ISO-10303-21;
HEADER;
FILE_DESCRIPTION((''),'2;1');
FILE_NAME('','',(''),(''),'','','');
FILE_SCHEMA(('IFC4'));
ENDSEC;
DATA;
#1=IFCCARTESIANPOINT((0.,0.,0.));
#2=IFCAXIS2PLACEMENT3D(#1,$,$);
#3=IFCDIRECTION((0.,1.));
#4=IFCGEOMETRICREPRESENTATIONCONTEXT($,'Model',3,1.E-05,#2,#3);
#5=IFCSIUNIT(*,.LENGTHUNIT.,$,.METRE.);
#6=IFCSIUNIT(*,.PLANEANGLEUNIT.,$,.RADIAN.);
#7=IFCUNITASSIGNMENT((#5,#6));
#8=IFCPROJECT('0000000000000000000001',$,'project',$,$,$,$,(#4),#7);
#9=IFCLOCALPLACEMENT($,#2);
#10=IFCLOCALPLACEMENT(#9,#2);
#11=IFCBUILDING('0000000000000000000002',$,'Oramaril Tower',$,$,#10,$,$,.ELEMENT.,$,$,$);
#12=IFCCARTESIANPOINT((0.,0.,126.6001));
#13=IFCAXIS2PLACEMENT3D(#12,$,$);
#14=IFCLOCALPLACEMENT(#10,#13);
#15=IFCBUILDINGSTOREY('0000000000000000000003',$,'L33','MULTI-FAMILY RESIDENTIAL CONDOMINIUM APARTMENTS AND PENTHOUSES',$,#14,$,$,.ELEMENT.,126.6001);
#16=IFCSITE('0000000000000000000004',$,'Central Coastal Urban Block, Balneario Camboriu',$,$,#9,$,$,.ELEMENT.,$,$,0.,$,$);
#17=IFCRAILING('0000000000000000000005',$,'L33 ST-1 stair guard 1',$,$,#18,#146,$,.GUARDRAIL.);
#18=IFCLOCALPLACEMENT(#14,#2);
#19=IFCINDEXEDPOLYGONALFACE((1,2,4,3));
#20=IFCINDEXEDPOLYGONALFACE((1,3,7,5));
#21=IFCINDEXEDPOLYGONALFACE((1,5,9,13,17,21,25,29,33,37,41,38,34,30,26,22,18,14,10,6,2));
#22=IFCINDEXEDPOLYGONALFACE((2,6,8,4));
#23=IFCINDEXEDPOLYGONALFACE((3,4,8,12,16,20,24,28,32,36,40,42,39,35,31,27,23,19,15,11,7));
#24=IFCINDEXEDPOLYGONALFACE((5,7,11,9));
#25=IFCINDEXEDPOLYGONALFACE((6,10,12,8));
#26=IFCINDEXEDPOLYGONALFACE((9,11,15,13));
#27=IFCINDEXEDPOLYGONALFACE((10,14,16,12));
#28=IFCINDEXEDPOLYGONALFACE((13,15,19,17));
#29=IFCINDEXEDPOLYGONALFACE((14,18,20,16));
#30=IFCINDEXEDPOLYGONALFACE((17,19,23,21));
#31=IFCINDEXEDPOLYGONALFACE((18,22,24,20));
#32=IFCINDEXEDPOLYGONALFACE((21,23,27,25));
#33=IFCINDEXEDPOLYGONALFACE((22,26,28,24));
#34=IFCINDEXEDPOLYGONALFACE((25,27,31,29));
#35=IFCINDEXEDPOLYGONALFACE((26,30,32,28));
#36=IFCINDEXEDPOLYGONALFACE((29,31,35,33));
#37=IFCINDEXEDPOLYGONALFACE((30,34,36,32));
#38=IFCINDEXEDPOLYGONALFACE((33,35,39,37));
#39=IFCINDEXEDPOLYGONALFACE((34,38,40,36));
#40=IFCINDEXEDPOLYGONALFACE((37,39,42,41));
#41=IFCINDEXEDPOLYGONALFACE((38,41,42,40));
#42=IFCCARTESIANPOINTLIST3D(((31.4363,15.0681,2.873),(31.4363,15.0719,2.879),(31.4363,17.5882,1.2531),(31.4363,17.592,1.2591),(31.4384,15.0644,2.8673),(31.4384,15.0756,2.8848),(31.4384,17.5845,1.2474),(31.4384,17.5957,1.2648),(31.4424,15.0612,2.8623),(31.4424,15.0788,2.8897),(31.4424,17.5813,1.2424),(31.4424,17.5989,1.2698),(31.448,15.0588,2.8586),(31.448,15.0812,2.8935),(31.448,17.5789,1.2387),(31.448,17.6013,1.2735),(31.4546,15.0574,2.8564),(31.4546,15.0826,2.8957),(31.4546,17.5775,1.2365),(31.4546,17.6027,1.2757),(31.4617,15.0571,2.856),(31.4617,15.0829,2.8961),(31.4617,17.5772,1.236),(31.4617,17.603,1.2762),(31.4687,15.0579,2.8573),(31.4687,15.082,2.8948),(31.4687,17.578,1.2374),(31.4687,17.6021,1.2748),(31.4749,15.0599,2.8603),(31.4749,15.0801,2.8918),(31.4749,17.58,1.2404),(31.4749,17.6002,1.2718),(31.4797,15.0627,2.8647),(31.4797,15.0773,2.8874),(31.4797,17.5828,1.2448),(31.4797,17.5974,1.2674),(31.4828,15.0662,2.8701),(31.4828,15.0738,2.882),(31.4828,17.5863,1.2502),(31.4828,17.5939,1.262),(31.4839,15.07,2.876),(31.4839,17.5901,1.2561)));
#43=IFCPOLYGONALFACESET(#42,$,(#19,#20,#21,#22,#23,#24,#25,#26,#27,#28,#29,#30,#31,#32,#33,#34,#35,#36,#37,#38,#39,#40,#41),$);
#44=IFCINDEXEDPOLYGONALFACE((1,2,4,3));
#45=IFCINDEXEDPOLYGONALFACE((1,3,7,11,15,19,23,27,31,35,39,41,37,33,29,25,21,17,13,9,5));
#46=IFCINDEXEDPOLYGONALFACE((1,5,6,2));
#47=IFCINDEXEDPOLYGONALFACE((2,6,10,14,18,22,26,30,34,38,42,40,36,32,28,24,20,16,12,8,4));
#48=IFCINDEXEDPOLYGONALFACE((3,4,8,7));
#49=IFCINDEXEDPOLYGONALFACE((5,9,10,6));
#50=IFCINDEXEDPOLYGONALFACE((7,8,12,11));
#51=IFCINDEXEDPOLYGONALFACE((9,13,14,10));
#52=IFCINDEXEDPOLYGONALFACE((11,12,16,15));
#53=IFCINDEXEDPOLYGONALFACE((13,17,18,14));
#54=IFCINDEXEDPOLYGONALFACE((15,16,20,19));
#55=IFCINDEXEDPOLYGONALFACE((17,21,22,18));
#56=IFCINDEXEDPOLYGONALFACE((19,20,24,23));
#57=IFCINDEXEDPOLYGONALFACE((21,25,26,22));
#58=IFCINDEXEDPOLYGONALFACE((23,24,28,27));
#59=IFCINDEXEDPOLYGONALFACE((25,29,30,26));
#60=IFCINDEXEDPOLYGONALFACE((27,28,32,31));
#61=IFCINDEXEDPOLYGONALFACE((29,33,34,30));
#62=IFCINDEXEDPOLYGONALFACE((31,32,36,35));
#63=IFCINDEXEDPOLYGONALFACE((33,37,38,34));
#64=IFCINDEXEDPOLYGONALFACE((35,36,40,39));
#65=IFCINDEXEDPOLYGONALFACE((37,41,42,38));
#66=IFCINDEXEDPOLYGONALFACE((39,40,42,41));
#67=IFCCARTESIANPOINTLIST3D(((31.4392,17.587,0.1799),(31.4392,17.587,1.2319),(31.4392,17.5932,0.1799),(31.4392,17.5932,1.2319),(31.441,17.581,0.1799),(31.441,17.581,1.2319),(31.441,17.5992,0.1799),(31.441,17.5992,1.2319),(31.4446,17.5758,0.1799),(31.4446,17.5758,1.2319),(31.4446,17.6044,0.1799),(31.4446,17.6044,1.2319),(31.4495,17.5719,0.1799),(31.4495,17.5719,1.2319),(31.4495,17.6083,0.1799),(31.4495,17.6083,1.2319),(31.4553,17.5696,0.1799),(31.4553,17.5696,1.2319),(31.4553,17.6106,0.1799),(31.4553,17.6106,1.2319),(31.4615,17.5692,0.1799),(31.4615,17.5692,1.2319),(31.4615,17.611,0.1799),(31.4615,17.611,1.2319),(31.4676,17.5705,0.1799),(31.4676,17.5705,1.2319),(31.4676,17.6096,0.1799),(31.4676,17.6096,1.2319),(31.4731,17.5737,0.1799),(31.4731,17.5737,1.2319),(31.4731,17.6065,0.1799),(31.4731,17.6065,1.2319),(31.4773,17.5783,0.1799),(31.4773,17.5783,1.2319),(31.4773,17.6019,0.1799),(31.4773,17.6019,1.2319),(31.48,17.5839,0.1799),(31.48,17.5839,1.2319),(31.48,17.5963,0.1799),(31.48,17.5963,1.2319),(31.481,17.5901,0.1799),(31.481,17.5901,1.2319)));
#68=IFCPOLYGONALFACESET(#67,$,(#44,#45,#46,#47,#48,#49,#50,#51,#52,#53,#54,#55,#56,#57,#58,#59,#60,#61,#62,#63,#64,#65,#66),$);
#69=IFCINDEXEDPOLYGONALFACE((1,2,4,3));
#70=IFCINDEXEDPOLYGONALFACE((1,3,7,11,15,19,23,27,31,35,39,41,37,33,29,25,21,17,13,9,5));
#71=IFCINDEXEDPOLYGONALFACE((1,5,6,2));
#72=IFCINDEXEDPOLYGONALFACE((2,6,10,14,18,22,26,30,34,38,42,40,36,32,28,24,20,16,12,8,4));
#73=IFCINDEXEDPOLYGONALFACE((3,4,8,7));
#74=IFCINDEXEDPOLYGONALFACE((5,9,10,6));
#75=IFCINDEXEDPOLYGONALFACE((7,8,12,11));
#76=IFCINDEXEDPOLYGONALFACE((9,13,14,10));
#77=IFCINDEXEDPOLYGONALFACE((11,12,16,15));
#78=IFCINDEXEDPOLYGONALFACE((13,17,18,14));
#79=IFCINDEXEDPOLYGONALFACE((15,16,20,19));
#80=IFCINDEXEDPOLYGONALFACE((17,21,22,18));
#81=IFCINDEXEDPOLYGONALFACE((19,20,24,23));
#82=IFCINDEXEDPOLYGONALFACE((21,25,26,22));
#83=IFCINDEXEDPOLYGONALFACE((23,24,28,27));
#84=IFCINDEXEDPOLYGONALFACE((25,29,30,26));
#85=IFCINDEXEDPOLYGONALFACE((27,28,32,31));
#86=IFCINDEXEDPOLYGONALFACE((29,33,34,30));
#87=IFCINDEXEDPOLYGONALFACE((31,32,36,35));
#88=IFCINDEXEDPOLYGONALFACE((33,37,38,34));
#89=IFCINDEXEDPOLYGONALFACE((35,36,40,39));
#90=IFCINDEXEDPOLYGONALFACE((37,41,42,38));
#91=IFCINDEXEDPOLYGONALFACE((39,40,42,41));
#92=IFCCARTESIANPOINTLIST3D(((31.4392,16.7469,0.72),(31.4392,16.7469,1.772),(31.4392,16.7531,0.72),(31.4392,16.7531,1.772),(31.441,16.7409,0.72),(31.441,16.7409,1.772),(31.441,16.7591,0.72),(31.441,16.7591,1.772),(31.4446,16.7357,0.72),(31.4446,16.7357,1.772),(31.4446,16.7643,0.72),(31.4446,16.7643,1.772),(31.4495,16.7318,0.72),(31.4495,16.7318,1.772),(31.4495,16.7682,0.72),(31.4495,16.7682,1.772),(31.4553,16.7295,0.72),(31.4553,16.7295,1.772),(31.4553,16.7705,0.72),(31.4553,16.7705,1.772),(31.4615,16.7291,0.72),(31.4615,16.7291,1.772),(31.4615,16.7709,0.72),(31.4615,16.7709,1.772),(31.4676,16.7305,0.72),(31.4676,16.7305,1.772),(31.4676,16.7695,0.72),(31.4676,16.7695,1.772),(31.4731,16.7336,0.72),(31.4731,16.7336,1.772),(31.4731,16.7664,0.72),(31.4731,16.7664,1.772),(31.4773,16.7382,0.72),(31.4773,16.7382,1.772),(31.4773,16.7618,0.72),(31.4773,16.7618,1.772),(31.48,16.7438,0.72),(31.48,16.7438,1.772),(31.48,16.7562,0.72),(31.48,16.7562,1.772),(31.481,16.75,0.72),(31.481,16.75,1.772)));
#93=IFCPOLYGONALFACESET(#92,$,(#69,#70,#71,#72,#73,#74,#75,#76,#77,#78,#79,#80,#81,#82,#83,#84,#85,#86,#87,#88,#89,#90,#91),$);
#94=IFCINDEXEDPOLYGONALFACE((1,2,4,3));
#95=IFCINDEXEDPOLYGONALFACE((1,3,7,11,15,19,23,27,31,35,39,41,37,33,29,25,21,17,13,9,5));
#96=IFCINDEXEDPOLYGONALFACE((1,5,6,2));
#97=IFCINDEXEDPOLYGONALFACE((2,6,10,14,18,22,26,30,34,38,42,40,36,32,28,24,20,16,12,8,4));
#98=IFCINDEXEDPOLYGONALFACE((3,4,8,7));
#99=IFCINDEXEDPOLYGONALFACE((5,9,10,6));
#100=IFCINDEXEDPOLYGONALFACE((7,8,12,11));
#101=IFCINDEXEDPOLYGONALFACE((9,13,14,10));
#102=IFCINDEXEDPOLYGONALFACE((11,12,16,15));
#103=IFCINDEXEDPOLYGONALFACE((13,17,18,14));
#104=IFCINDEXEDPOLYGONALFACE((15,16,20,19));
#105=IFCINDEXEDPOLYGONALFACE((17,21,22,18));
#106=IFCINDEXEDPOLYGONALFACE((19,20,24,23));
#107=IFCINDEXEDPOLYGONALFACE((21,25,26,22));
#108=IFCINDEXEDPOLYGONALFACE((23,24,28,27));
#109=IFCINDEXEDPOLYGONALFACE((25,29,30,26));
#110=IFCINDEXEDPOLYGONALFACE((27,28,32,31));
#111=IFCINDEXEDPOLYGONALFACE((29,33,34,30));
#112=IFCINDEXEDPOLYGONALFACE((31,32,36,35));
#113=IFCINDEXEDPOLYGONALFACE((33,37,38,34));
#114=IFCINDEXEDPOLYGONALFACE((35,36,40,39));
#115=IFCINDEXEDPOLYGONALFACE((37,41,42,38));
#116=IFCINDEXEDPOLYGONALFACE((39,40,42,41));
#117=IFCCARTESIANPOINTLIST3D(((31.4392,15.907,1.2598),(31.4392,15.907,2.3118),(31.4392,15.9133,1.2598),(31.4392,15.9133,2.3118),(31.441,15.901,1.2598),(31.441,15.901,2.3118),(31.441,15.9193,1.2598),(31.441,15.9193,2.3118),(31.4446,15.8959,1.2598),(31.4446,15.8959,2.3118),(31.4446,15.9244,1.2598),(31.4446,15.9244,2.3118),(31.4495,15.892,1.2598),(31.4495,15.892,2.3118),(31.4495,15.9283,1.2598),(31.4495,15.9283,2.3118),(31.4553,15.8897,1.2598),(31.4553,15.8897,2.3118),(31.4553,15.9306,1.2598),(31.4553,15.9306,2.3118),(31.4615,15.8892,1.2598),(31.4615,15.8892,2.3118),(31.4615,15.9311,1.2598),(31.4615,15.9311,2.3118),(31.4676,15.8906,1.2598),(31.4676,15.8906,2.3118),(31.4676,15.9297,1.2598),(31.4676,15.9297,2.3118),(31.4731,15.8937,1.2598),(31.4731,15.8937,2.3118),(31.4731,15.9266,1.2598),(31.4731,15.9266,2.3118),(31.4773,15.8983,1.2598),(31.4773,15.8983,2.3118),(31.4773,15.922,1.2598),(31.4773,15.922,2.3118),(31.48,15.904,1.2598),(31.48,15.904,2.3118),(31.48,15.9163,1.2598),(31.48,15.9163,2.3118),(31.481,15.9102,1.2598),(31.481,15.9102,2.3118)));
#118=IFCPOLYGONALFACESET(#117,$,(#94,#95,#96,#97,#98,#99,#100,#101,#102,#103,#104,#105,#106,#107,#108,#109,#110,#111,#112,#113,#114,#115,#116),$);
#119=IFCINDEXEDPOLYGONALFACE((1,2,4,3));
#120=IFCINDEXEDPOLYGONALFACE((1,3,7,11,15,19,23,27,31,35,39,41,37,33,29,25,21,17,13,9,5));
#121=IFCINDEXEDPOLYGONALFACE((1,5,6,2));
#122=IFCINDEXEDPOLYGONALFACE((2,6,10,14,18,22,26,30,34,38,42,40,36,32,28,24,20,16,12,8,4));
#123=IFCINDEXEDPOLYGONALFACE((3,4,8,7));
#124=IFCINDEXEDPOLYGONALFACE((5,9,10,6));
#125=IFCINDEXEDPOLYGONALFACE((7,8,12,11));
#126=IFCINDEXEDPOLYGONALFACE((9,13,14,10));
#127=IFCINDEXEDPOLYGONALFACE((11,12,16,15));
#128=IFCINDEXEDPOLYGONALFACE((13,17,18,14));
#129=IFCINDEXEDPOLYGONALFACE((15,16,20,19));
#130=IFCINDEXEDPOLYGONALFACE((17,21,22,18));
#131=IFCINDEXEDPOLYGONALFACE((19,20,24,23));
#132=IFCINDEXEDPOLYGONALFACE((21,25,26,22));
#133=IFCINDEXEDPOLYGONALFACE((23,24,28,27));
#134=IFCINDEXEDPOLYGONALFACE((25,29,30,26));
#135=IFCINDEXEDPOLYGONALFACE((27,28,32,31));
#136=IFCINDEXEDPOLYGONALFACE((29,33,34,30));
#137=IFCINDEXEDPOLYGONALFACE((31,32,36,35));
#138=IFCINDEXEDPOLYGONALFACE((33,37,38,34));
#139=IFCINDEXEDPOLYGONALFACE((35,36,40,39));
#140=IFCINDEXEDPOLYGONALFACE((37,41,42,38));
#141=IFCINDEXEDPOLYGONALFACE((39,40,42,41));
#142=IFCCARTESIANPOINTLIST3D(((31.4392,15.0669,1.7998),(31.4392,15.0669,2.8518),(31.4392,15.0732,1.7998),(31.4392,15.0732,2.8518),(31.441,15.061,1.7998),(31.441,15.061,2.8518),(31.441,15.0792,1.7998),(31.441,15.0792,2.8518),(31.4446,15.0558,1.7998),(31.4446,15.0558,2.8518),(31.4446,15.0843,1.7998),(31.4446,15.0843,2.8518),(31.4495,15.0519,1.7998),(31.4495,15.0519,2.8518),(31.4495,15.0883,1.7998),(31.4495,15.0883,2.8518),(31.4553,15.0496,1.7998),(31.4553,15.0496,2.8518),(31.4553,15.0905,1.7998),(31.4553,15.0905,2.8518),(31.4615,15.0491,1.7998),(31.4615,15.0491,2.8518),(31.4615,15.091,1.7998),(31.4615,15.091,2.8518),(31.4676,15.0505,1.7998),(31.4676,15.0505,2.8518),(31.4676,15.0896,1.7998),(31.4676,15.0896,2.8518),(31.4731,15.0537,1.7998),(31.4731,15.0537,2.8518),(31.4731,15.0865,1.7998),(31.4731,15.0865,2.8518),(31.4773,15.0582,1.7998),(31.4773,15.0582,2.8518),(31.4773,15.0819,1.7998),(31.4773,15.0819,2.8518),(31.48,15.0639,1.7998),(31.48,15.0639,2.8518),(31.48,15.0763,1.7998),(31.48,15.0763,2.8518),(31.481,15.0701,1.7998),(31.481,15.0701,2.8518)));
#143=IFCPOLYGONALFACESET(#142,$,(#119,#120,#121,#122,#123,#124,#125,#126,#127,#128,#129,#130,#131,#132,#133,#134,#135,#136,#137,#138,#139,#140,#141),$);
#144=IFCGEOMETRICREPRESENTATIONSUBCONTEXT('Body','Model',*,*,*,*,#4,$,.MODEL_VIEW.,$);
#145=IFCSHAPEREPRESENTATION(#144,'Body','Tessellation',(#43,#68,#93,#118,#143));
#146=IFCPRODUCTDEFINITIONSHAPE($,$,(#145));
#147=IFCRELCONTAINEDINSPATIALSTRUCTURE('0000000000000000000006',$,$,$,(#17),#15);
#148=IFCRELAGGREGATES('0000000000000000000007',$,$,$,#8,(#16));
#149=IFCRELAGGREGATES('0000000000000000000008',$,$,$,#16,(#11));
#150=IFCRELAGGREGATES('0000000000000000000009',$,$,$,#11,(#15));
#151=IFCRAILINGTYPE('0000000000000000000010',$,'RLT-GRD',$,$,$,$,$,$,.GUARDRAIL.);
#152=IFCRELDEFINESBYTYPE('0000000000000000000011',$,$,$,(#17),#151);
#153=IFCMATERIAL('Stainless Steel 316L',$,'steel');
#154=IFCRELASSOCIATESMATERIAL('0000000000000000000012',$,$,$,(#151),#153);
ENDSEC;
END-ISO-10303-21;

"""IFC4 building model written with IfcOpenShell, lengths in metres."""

from ifc_helpers import new_model, si_unit, direction, frame, origin, origin_2d, place, context, subcontext, project, spatial, circle, extrude, material, type_object, element, save


model = new_model("IFC4")

# Units and contexts
model_context = context("Model", 3, precision=1e-05, world=origin(), true_north=direction((0.0, 1.0)))
body_context = subcontext(model_context, "Body", "Model", "MODEL_VIEW")
ifc_project = project(units=[si_unit("LENGTHUNIT", "METRE"), si_unit("PLANEANGLEUNIT", "RADIAN")], contexts=[model_context])

# Site, building, storey
site_placement = place(None, origin())
site = spatial("IfcSite", under=ifc_project, at=site_placement, Name="Central Coastal Urban Block, Balneario Camboriu", CompositionType="ELEMENT", RefElevation=0.0)
building_placement = place(site_placement, origin())
building = spatial("IfcBuilding", under=site, at=building_placement, Name="Oramaril Tower", CompositionType="ELEMENT")
storey_placement = place(building_placement, frame((0.0, 0.0, 126.6001)))
storey = spatial("IfcBuildingStorey", under=building, at=storey_placement, Name="L33", Description="MULTI-FAMILY RESIDENTIAL CONDOMINIUM APARTMENTS AND PENTHOUSES", CompositionType="ELEMENT", Elevation=126.6001)

# Railing
ifc_material_1 = material(Name="Stainless Steel 316L", Category="steel")
railing_type_1 = type_object("IfcRailingType", Name="RLT-GRD", PredefinedType="GUARDRAIL", material=ifc_material_1)
railing_1_placement = place(storey_placement, frame((31.46, 17.5901, 0.1799)))
element("IfcRailing", 1, at=railing_1_placement, inside=storey, type_object=railing_type_1, Name="L33 ST-1 stair guard 1", PredefinedType="GUARDRAIL", context=body_context, shape_type="SweptSolid", body=[
    extrude(circle(Radius=0.0239, at=origin_2d()), frame((0.0, 0.0, 1.0762), z_axis=(0.0, -0.8412, 0.540725), x_axis=(1.0, 0.0, 0.0)), (0.0, 0.0, 1.0), 2.9958),
    extrude(circle(Radius=0.021, at=origin_2d()), origin(), (0.0, 0.0, 1.0), 1.052),
    extrude(circle(Radius=0.021, at=origin_2d()), frame((0.0, -0.8401, 0.54)), (0.0, 0.0, 1.0), 1.052),
    extrude(circle(Radius=0.021, at=origin_2d()), frame((0.0, -1.6799, 1.0798)), (0.0, 0.0, 1.0), 1.052),
    extrude(circle(Radius=0.021, at=origin_2d()), frame((0.0, -2.52, 1.6199)), (0.0, 0.0, 1.0), 1.052),
])

save(model, "model.ifc")
